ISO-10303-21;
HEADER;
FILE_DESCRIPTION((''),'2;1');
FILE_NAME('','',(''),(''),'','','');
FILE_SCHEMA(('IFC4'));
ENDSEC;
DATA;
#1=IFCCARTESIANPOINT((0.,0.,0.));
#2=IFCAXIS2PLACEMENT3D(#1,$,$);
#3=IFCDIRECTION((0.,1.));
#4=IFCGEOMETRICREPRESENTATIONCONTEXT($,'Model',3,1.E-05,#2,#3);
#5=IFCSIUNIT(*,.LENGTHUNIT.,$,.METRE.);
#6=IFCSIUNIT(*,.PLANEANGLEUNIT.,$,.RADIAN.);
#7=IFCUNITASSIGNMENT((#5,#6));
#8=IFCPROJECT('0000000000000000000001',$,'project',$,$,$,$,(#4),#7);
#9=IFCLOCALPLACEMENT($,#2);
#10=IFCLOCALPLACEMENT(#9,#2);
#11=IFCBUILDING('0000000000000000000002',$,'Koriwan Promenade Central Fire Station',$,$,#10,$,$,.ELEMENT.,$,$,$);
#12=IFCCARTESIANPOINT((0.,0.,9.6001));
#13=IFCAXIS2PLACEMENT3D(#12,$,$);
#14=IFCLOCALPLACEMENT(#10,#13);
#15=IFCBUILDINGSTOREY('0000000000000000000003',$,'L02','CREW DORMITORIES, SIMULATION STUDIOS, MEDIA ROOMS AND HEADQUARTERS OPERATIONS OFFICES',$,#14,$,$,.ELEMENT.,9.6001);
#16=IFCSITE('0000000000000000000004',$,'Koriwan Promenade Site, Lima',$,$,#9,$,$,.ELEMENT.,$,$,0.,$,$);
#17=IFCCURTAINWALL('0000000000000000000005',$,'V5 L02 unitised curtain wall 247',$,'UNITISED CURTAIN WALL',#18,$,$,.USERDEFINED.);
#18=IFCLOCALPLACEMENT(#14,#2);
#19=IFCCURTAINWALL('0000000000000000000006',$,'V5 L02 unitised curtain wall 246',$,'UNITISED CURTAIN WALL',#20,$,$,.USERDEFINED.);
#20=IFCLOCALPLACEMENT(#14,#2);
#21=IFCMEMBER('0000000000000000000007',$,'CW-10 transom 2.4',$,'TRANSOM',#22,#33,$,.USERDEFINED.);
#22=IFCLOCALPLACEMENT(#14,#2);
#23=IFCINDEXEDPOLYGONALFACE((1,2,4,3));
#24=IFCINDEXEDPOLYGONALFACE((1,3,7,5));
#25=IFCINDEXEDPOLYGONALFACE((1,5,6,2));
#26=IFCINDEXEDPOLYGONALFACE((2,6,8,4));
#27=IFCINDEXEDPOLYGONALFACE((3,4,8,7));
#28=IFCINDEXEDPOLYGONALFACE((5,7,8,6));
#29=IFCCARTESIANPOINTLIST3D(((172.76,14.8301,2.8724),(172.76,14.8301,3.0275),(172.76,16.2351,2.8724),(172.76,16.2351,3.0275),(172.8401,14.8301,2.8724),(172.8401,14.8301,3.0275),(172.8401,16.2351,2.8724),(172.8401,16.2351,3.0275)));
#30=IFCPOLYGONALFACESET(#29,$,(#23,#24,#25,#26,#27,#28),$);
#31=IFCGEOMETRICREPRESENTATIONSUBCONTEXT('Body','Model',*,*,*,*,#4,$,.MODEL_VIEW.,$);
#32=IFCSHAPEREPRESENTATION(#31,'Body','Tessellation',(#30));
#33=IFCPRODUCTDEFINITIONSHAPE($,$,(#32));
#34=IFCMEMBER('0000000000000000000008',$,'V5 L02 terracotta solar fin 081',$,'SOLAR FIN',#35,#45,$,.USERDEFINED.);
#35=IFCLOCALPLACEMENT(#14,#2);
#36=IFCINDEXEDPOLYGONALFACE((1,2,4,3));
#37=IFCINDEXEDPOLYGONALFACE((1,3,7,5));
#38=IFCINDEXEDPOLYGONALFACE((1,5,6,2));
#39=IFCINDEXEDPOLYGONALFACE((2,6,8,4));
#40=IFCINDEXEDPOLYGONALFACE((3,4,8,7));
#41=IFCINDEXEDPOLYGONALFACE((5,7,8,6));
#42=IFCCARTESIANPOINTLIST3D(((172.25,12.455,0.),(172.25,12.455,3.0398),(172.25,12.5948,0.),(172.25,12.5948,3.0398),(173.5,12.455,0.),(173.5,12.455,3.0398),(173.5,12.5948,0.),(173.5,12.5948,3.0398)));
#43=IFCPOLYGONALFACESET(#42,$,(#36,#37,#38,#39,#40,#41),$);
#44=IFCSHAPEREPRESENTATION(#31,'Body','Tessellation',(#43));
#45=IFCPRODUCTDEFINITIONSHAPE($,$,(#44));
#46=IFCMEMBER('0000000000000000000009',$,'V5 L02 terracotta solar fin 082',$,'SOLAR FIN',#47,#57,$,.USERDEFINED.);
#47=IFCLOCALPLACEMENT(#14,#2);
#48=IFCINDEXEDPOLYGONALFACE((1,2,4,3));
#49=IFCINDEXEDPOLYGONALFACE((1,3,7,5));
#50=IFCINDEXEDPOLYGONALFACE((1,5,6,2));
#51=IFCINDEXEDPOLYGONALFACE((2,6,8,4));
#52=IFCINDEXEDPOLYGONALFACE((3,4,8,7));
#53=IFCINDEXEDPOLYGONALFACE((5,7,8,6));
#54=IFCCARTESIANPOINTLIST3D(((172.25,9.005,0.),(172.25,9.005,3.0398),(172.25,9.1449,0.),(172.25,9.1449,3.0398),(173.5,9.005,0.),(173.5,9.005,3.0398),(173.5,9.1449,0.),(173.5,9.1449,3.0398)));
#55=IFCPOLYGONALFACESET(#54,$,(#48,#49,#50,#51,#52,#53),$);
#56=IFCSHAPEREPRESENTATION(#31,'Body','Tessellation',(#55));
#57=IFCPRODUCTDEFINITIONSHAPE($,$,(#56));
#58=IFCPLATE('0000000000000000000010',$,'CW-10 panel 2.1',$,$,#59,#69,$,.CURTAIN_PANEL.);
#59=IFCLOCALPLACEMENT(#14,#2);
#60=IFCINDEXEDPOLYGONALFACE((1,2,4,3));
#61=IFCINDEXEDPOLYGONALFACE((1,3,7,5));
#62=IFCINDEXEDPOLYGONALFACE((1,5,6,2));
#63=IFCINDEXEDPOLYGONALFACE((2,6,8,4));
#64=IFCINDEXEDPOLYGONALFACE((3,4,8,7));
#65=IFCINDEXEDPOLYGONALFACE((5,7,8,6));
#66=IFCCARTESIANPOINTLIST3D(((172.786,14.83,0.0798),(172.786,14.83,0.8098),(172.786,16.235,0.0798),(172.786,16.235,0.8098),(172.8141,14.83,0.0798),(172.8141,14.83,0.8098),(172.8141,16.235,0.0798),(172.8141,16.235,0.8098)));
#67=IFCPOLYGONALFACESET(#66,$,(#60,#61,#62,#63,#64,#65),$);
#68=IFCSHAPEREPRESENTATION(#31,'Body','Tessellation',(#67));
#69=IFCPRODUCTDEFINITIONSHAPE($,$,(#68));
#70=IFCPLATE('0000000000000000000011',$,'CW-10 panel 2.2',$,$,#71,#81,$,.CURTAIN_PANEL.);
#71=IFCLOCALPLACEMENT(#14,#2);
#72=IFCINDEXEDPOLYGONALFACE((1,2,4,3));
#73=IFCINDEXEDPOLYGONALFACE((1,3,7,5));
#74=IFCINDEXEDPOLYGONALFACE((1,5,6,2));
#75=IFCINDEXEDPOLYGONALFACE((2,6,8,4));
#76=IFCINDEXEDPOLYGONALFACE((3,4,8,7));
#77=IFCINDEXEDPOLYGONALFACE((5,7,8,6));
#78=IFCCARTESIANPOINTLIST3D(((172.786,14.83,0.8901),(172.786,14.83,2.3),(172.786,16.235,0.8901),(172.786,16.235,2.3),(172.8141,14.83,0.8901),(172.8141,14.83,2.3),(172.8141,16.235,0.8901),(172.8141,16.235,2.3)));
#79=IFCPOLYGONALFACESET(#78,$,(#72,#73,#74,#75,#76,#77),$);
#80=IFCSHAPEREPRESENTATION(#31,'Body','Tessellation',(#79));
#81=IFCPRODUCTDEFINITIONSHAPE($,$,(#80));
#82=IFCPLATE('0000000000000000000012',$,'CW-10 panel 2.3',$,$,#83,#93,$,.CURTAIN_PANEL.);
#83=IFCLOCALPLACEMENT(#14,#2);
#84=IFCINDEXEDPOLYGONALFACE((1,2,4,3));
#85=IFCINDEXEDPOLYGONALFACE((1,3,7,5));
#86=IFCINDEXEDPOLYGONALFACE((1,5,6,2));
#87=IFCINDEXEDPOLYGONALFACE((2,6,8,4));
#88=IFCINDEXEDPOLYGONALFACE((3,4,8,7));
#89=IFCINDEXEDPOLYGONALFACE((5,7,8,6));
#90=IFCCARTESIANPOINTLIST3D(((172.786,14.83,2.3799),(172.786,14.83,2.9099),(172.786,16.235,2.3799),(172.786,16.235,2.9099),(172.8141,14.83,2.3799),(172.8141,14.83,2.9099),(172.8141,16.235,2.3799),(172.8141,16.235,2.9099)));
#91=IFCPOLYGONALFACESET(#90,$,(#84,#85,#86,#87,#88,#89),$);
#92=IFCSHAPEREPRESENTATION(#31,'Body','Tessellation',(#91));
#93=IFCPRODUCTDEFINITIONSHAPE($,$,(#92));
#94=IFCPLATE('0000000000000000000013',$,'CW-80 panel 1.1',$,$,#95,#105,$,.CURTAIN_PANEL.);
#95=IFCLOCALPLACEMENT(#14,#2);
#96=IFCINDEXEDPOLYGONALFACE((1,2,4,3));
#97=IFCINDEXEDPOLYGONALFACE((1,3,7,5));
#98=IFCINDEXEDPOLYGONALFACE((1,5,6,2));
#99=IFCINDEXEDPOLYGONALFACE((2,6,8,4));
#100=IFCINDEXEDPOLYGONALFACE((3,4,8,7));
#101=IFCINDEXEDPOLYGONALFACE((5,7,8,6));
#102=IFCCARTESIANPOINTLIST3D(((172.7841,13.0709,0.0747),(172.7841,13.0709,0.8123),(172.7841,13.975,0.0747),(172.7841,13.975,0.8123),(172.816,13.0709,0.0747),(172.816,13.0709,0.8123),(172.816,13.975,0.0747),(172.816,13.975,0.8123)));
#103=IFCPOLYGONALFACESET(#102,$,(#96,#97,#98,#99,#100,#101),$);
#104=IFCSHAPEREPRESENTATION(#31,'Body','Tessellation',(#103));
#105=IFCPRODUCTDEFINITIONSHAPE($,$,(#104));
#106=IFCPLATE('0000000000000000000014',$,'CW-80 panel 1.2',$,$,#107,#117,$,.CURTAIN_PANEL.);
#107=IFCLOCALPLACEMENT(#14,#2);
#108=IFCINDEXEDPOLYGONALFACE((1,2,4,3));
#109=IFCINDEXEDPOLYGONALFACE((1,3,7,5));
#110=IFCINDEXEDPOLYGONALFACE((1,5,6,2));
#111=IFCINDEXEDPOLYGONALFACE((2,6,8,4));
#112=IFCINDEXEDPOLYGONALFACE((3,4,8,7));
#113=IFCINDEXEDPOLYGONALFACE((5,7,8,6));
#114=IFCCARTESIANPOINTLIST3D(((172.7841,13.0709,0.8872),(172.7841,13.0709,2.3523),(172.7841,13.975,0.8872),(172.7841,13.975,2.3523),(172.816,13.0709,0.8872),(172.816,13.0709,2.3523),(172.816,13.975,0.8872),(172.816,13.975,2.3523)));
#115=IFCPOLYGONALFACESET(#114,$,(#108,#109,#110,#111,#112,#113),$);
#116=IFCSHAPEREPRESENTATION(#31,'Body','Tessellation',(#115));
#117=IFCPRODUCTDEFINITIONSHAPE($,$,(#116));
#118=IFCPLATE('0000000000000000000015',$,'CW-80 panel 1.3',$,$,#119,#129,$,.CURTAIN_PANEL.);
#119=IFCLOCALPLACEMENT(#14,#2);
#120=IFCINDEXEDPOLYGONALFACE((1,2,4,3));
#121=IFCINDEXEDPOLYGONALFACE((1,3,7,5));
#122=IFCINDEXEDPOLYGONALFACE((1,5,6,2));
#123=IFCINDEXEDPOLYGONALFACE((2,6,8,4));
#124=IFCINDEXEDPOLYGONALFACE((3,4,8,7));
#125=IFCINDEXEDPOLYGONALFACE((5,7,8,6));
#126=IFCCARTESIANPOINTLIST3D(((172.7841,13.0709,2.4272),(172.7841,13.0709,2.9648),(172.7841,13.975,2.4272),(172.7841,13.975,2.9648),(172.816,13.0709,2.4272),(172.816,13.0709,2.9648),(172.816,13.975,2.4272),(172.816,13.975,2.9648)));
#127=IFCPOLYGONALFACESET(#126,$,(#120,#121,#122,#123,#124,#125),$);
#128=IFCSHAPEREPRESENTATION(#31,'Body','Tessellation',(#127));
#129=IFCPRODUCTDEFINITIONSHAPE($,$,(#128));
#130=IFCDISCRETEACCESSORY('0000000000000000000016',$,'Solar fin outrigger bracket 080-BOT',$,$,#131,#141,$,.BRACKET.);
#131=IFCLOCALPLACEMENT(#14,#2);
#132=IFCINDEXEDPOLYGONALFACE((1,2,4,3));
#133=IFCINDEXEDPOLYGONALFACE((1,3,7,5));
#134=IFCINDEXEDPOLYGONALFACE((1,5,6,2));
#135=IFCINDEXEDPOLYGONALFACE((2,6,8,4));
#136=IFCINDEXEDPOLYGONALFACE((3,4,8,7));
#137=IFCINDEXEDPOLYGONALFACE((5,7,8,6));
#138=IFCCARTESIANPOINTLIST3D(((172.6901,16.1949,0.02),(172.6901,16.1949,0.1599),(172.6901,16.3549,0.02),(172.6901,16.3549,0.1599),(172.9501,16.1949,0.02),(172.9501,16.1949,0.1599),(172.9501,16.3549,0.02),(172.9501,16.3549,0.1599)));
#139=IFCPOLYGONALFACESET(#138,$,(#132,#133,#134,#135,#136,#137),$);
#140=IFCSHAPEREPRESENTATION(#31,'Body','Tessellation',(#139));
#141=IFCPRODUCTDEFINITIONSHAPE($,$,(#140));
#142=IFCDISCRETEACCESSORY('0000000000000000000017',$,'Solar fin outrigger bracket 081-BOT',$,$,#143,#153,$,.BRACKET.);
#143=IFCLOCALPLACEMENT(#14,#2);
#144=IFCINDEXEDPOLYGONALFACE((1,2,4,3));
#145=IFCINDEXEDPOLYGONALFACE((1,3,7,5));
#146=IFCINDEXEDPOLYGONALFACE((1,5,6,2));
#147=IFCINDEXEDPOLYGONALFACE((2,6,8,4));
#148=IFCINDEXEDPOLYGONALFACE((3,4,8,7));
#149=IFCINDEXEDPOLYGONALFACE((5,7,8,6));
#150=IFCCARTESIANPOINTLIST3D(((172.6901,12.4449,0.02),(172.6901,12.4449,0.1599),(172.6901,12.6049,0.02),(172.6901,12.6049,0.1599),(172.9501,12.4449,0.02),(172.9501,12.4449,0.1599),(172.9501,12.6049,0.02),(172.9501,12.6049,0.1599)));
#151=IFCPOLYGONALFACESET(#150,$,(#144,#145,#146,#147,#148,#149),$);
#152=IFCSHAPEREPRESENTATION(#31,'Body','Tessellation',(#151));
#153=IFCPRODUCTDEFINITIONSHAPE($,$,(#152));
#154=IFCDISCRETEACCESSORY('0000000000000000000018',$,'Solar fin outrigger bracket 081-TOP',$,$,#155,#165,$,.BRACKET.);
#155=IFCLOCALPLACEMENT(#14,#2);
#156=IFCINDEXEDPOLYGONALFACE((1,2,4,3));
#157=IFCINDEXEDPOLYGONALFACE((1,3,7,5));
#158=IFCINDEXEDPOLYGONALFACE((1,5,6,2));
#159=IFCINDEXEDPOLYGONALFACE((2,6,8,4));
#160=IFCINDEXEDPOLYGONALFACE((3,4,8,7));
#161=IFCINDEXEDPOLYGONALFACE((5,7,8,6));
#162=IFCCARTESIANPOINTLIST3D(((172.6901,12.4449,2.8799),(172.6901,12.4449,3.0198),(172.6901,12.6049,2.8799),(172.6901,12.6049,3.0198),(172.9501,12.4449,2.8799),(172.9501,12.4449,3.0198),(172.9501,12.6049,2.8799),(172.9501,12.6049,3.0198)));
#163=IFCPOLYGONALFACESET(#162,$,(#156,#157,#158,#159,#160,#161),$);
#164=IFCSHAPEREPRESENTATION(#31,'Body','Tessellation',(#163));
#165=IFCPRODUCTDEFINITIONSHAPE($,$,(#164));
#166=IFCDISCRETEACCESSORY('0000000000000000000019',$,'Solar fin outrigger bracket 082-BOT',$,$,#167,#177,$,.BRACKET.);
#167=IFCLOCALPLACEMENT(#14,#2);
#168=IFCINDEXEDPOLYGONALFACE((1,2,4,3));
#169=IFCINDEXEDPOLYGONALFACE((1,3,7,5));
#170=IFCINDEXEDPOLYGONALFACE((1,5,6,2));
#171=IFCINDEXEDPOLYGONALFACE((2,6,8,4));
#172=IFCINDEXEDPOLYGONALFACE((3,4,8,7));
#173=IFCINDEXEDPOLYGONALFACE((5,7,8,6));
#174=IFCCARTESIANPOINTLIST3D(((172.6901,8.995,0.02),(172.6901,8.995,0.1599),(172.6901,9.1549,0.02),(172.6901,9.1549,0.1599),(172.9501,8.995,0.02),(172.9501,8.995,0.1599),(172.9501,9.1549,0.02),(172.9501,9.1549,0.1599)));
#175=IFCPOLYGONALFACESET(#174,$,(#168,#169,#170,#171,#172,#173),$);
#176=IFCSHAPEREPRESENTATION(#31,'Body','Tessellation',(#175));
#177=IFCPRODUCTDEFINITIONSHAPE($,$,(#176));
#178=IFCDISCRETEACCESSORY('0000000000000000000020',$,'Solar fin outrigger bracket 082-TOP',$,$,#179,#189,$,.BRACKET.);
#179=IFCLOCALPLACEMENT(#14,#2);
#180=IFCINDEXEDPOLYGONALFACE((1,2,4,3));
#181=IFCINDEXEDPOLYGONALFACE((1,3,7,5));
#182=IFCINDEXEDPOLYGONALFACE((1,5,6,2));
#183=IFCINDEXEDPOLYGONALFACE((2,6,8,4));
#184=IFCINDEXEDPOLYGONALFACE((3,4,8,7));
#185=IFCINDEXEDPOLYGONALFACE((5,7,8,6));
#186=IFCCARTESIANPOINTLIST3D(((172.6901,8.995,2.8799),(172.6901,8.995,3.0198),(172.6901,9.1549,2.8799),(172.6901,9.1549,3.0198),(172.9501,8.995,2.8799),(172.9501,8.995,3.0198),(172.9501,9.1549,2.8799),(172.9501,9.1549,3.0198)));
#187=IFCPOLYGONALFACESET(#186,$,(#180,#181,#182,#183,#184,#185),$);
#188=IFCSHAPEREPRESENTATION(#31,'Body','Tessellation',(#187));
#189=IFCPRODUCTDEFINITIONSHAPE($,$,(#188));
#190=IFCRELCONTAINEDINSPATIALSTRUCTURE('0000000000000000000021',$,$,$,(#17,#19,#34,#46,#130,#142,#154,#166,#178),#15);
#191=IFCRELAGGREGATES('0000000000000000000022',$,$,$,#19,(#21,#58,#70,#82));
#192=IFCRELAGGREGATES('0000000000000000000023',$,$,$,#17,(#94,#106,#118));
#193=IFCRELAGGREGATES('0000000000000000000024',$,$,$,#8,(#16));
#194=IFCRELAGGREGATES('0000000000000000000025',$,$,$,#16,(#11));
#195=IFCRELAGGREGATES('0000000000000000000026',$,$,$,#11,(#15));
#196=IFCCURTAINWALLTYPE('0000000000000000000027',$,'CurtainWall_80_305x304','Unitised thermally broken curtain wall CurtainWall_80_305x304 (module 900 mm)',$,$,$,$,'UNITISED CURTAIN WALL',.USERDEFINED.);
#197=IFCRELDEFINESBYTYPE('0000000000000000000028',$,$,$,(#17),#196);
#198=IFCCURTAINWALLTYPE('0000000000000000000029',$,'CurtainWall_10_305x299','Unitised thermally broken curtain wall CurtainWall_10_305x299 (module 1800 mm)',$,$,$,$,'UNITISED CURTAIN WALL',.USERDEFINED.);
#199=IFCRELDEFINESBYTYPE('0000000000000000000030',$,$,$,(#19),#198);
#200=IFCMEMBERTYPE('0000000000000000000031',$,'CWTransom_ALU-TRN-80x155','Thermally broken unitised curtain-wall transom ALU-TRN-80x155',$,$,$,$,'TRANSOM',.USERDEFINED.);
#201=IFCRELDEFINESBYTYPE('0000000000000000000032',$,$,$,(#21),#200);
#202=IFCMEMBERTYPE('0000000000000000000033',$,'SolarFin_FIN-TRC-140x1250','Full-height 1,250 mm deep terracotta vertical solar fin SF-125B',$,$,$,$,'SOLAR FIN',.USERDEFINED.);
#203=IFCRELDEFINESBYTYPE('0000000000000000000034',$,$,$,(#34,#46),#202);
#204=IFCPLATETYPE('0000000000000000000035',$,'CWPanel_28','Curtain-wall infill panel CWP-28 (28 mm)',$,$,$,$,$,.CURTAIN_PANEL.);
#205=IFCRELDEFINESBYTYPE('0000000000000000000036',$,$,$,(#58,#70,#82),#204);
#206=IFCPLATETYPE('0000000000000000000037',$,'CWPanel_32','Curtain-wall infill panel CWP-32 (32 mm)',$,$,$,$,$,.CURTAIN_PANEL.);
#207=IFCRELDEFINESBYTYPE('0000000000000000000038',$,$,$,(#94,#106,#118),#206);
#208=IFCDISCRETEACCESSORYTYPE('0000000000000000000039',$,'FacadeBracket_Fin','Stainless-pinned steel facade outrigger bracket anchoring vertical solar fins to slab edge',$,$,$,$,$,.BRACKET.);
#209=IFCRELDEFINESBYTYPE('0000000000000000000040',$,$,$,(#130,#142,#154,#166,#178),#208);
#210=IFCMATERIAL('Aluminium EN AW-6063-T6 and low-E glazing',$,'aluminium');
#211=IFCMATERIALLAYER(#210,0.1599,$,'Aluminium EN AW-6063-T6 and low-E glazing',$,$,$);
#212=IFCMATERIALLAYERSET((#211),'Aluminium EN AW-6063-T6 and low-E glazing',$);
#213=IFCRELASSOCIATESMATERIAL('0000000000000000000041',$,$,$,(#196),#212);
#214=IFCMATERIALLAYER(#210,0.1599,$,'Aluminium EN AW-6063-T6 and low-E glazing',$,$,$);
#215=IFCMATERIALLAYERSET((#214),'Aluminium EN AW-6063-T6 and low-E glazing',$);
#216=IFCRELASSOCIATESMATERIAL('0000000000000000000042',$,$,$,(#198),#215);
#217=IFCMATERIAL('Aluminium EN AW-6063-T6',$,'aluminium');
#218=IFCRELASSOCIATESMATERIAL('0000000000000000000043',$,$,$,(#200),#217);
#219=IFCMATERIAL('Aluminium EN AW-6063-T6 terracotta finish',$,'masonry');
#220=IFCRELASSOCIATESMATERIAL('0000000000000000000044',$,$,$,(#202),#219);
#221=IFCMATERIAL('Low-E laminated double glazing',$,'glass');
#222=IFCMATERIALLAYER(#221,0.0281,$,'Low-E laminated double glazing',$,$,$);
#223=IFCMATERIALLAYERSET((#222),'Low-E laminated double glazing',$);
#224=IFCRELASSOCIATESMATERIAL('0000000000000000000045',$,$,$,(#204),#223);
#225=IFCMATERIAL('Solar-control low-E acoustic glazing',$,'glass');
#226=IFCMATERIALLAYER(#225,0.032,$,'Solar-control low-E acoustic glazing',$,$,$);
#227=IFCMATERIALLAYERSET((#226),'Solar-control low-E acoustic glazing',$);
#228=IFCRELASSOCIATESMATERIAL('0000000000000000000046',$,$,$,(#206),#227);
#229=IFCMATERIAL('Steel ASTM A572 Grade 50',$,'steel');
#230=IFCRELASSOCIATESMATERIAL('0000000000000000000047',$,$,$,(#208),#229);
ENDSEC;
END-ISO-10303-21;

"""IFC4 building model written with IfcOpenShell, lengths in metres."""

from ifc_helpers import new_model, si_unit, direction, frame, origin, origin_2d, place, context, subcontext, project, spatial, rectangle, extrude, material, layer, layer_set, material_profile, profile_set, type_object, element, aggregate, save


model = new_model("IFC4")

# Units and contexts
model_context = context("Model", 3, precision=1e-05, world=origin(), true_north=direction((0.0, 1.0)))
body_context = subcontext(model_context, "Body", "Model", "MODEL_VIEW")
ifc_project = project(units=[si_unit("LENGTHUNIT", "METRE"), si_unit("PLANEANGLEUNIT", "RADIAN")], contexts=[model_context])

# Site, building, storey
site_placement = place(None, origin())
site = spatial("IfcSite", under=ifc_project, at=site_placement, Name="Koriwan Promenade Site, Lima", CompositionType="ELEMENT", RefElevation=0.0)
building_placement = place(site_placement, origin())
building = spatial("IfcBuilding", under=site, at=building_placement, Name="Koriwan Promenade Central Fire Station", CompositionType="ELEMENT")
storey_placement = place(building_placement, frame((0.0, 0.0, 9.6001)))
storey = spatial("IfcBuildingStorey", under=building, at=storey_placement, Name="L02", Description="CREW DORMITORIES, SIMULATION STUDIOS, MEDIA ROOMS AND HEADQUARTERS OPERATIONS OFFICES", CompositionType="ELEMENT", Elevation=9.6001)

# Curtain walls
ifc_material_1 = material(Name="Aluminium EN AW-6063-T6 and low-E glazing", Category="aluminium")
ifc_layer_1 = layer(ifc_material_1, 0.1599, Name="Aluminium EN AW-6063-T6 and low-E glazing")
ifc_layer_set_1 = layer_set([ifc_layer_1], Name="Aluminium EN AW-6063-T6 and low-E glazing")
curtain_wall_type_1 = type_object("IfcCurtainWallType", Name="CurtainWall_80_305x304", Description="Unitised thermally broken curtain wall CurtainWall_80_305x304 (module 900 mm)", ElementType="UNITISED CURTAIN WALL", PredefinedType="USERDEFINED", material=ifc_layer_set_1)
curtain_wall_1_placement = place(storey_placement, origin())
curtain_wall_1 = element("IfcCurtainWall", 1, at=curtain_wall_1_placement, inside=storey, type_object=curtain_wall_type_1, Name="V5 L02 unitised curtain wall 247", ObjectType="UNITISED CURTAIN WALL", PredefinedType="USERDEFINED")
ifc_material_2 = material(Name="Aluminium EN AW-6063-T6", Category="aluminium")
ifc_layer_2 = layer(ifc_material_1, 0.1599, Name="Aluminium EN AW-6063-T6 and low-E glazing")
ifc_layer_set_2 = layer_set([ifc_layer_2], Name="Aluminium EN AW-6063-T6 and low-E glazing")
curtain_wall_type_2 = type_object("IfcCurtainWallType", Name="CurtainWall_10_305x299", Description="Unitised thermally broken curtain wall CurtainWall_10_305x299 (module 1800 mm)", ElementType="UNITISED CURTAIN WALL", PredefinedType="USERDEFINED", material=ifc_layer_set_2)
curtain_wall_2_placement = place(storey_placement, origin())
curtain_wall_2 = element("IfcCurtainWall", 2, at=curtain_wall_2_placement, inside=storey, type_object=curtain_wall_type_2, Name="V5 L02 unitised curtain wall 246", ObjectType="UNITISED CURTAIN WALL", PredefinedType="USERDEFINED")

# Member
ifc_material_profile_1 = material_profile(ifc_material_2, rectangle(XDim=0.0801, YDim=0.155, at=origin_2d()), Name="ALU-TRN-80x155")
ifc_profile_set_1 = profile_set([ifc_material_profile_1], Name="Aluminium EN AW-6063-T6")
member_type_1 = type_object("IfcMemberType", Name="CWTransom_ALU-TRN-80x155", Description="Thermally broken unitised curtain-wall transom ALU-TRN-80x155", ElementType="TRANSOM", PredefinedType="USERDEFINED", material=ifc_profile_set_1)
member_1_placement = place(storey_placement, frame((172.8, 16.2351, 2.95), z_axis=(0.0, -1.0, 0.0), x_axis=(1.0, 0.0, 0.0)))
member_1 = element("IfcMember", 3, at=member_1_placement, type_object=member_type_1, Name="CW-10 transom 2.4", ObjectType="TRANSOM", PredefinedType="USERDEFINED", context=body_context, shape_type="SweptSolid", body=[
    extrude(rectangle(XDim=0.0801, YDim=0.155, at=origin_2d()), origin(), (0.0, 0.0, 1.0), 1.405),
])

# Members
ifc_material_3 = material(Name="Aluminium EN AW-6063-T6 terracotta finish", Category="masonry")
ifc_material_profile_2 = material_profile(ifc_material_3, rectangle(XDim=0.1399, YDim=1.25, at=origin_2d()), Name="FIN-TRC-140x1250")
ifc_profile_set_2 = profile_set([ifc_material_profile_2], Name="Aluminium EN AW-6063-T6 terracotta finish")
member_type_2 = type_object("IfcMemberType", Name="SolarFin_FIN-TRC-140x1250", Description="Full-height 1,250 mm deep terracotta vertical solar fin SF-125B", ElementType="SOLAR FIN", PredefinedType="USERDEFINED", material=ifc_profile_set_2)
for number, where, z_axis, x_axis, name in (
    (4, (172.875, 12.5249, 0.0), (0.0, 0.0, 1.0), (0.0, -1.0, 0.0), "V5 L02 terracotta solar fin 081"),
    (5, (172.875, 9.075, 0.0), (0.0, 0.0, 1.0), (0.0, -1.0, 0.0), "V5 L02 terracotta solar fin 082"),
):
    element("IfcMember", number, at=place(storey_placement, frame(where, z_axis=z_axis, x_axis=x_axis)), inside=storey, type_object=member_type_2, Name=name, ObjectType="SOLAR FIN", PredefinedType="USERDEFINED", context=body_context, shape_type="SweptSolid", body=[
        extrude(rectangle(XDim=0.1399, YDim=1.25, at=origin_2d()), origin(), (0.0, 0.0, 1.0), 3.0398),
    ])

# Plates
ifc_material_4 = material(Name="Low-E laminated double glazing", Category="glass")
ifc_layer_3 = layer(ifc_material_4, 0.0281, Name="Low-E laminated double glazing")
ifc_layer_set_3 = layer_set([ifc_layer_3], Name="Low-E laminated double glazing")
plate_type_1 = type_object("IfcPlateType", Name="CWPanel_28", Description="Curtain-wall infill panel CWP-28 (28 mm)", PredefinedType="CURTAIN_PANEL", material=ifc_layer_set_3)
plate_1_placement = place(storey_placement, frame((172.8, 15.5325, 0.0798), z_axis=(0.0, 0.0, 1.0), x_axis=(0.0, -1.0, 0.0)))
plate_1 = element("IfcPlate", 6, at=plate_1_placement, type_object=plate_type_1, Name="CW-10 panel 2.1", PredefinedType="CURTAIN_PANEL", context=body_context, shape_type="SweptSolid", body=[
    extrude(rectangle(XDim=1.405, YDim=0.0281, at=origin_2d()), origin(), (0.0, 0.0, 1.0), 0.73),
])
plate_2_placement = place(storey_placement, frame((172.8, 15.5325, 0.8901), z_axis=(0.0, 0.0, 1.0), x_axis=(0.0, -1.0, 0.0)))
plate_2 = element("IfcPlate", 7, at=plate_2_placement, type_object=plate_type_1, Name="CW-10 panel 2.2", PredefinedType="CURTAIN_PANEL", context=body_context, shape_type="SweptSolid", body=[
    extrude(rectangle(XDim=1.405, YDim=0.0281, at=origin_2d()), origin(), (0.0, 0.0, 1.0), 1.4099),
])
plate_3_placement = place(storey_placement, frame((172.8, 15.5325, 2.3799), z_axis=(0.0, 0.0, 1.0), x_axis=(0.0, -1.0, 0.0)))
plate_3 = element("IfcPlate", 8, at=plate_3_placement, type_object=plate_type_1, Name="CW-10 panel 2.3", PredefinedType="CURTAIN_PANEL", context=body_context, shape_type="SweptSolid", body=[
    extrude(rectangle(XDim=1.405, YDim=0.0281, at=origin_2d()), origin(), (0.0, 0.0, 1.0), 0.53),
])
aggregate(curtain_wall_2, [member_1, plate_1, plate_2, plate_3])
ifc_material_5 = material(Name="Solar-control low-E acoustic glazing", Category="glass")
ifc_layer_4 = layer(ifc_material_5, 0.032, Name="Solar-control low-E acoustic glazing")
ifc_layer_set_4 = layer_set([ifc_layer_4], Name="Solar-control low-E acoustic glazing")
plate_type_2 = type_object("IfcPlateType", Name="CWPanel_32", Description="Curtain-wall infill panel CWP-32 (32 mm)", PredefinedType="CURTAIN_PANEL", material=ifc_layer_set_4)
plate_4_placement = place(storey_placement, frame((172.8, 13.5229, 0.0747), z_axis=(0.0, 0.0, 1.0), x_axis=(0.0, -1.0, 0.0)))
plate_4 = element("IfcPlate", 9, at=plate_4_placement, type_object=plate_type_2, Name="CW-80 panel 1.1", PredefinedType="CURTAIN_PANEL", context=body_context, shape_type="SweptSolid", body=[
    extrude(rectangle(XDim=0.9041, YDim=0.032, at=origin_2d()), origin(), (0.0, 0.0, 1.0), 0.7375),
])
plate_5_placement = place(storey_placement, frame((172.8, 13.5229, 0.8872), z_axis=(0.0, 0.0, 1.0), x_axis=(0.0, -1.0, 0.0)))
plate_5 = element("IfcPlate", 10, at=plate_5_placement, type_object=plate_type_2, Name="CW-80 panel 1.2", PredefinedType="CURTAIN_PANEL", context=body_context, shape_type="SweptSolid", body=[
    extrude(rectangle(XDim=0.9041, YDim=0.032, at=origin_2d()), origin(), (0.0, 0.0, 1.0), 1.4651),
])
plate_6_placement = place(storey_placement, frame((172.8, 13.5229, 2.4272), z_axis=(0.0, 0.0, 1.0), x_axis=(0.0, -1.0, 0.0)))
plate_6 = element("IfcPlate", 11, at=plate_6_placement, type_object=plate_type_2, Name="CW-80 panel 1.3", PredefinedType="CURTAIN_PANEL", context=body_context, shape_type="SweptSolid", body=[
    extrude(rectangle(XDim=0.9041, YDim=0.032, at=origin_2d()), origin(), (0.0, 0.0, 1.0), 0.5376),
])
aggregate(curtain_wall_1, [plate_4, plate_5, plate_6])

# Discrete accessories
ifc_material_6 = material(Name="Steel ASTM A572 Grade 50", Category="steel")
discrete_accessory_type = type_object("IfcDiscreteAccessoryType", Name="FacadeBracket_Fin", Description="Stainless-pinned steel facade outrigger bracket anchoring vertical solar fins to slab edge", PredefinedType="BRACKET", material=ifc_material_6)
for number, where, z_axis, x_axis, name in (
    (12, (172.8201, 16.2749, 0.02), (0.0, 0.0, 1.0), (1.0, 0.0, 0.0), "Solar fin outrigger bracket 080-BOT"),
    (13, (172.8201, 12.5249, 0.02), (0.0, 0.0, 1.0), (1.0, 0.0, 0.0), "Solar fin outrigger bracket 081-BOT"),
    (14, (172.8201, 12.5249, 2.8799), (0.0, 0.0, 1.0), (1.0, 0.0, 0.0), "Solar fin outrigger bracket 081-TOP"),
    (15, (172.8201, 9.075, 0.02), (0.0, 0.0, 1.0), (1.0, 0.0, 0.0), "Solar fin outrigger bracket 082-BOT"),
    (16, (172.8201, 9.075, 2.8799), (0.0, 0.0, 1.0), (1.0, 0.0, 0.0), "Solar fin outrigger bracket 082-TOP"),
):
    element("IfcDiscreteAccessory", number, at=place(storey_placement, frame(where, z_axis=z_axis, x_axis=x_axis)), inside=storey, type_object=discrete_accessory_type, Name=name, PredefinedType="BRACKET", context=body_context, shape_type="SweptSolid", body=[
        extrude(rectangle(XDim=0.26, YDim=0.1599, at=origin_2d()), origin(), (0.0, 0.0, 1.0), 0.1399),
    ])

save(model, "model.ifc")
